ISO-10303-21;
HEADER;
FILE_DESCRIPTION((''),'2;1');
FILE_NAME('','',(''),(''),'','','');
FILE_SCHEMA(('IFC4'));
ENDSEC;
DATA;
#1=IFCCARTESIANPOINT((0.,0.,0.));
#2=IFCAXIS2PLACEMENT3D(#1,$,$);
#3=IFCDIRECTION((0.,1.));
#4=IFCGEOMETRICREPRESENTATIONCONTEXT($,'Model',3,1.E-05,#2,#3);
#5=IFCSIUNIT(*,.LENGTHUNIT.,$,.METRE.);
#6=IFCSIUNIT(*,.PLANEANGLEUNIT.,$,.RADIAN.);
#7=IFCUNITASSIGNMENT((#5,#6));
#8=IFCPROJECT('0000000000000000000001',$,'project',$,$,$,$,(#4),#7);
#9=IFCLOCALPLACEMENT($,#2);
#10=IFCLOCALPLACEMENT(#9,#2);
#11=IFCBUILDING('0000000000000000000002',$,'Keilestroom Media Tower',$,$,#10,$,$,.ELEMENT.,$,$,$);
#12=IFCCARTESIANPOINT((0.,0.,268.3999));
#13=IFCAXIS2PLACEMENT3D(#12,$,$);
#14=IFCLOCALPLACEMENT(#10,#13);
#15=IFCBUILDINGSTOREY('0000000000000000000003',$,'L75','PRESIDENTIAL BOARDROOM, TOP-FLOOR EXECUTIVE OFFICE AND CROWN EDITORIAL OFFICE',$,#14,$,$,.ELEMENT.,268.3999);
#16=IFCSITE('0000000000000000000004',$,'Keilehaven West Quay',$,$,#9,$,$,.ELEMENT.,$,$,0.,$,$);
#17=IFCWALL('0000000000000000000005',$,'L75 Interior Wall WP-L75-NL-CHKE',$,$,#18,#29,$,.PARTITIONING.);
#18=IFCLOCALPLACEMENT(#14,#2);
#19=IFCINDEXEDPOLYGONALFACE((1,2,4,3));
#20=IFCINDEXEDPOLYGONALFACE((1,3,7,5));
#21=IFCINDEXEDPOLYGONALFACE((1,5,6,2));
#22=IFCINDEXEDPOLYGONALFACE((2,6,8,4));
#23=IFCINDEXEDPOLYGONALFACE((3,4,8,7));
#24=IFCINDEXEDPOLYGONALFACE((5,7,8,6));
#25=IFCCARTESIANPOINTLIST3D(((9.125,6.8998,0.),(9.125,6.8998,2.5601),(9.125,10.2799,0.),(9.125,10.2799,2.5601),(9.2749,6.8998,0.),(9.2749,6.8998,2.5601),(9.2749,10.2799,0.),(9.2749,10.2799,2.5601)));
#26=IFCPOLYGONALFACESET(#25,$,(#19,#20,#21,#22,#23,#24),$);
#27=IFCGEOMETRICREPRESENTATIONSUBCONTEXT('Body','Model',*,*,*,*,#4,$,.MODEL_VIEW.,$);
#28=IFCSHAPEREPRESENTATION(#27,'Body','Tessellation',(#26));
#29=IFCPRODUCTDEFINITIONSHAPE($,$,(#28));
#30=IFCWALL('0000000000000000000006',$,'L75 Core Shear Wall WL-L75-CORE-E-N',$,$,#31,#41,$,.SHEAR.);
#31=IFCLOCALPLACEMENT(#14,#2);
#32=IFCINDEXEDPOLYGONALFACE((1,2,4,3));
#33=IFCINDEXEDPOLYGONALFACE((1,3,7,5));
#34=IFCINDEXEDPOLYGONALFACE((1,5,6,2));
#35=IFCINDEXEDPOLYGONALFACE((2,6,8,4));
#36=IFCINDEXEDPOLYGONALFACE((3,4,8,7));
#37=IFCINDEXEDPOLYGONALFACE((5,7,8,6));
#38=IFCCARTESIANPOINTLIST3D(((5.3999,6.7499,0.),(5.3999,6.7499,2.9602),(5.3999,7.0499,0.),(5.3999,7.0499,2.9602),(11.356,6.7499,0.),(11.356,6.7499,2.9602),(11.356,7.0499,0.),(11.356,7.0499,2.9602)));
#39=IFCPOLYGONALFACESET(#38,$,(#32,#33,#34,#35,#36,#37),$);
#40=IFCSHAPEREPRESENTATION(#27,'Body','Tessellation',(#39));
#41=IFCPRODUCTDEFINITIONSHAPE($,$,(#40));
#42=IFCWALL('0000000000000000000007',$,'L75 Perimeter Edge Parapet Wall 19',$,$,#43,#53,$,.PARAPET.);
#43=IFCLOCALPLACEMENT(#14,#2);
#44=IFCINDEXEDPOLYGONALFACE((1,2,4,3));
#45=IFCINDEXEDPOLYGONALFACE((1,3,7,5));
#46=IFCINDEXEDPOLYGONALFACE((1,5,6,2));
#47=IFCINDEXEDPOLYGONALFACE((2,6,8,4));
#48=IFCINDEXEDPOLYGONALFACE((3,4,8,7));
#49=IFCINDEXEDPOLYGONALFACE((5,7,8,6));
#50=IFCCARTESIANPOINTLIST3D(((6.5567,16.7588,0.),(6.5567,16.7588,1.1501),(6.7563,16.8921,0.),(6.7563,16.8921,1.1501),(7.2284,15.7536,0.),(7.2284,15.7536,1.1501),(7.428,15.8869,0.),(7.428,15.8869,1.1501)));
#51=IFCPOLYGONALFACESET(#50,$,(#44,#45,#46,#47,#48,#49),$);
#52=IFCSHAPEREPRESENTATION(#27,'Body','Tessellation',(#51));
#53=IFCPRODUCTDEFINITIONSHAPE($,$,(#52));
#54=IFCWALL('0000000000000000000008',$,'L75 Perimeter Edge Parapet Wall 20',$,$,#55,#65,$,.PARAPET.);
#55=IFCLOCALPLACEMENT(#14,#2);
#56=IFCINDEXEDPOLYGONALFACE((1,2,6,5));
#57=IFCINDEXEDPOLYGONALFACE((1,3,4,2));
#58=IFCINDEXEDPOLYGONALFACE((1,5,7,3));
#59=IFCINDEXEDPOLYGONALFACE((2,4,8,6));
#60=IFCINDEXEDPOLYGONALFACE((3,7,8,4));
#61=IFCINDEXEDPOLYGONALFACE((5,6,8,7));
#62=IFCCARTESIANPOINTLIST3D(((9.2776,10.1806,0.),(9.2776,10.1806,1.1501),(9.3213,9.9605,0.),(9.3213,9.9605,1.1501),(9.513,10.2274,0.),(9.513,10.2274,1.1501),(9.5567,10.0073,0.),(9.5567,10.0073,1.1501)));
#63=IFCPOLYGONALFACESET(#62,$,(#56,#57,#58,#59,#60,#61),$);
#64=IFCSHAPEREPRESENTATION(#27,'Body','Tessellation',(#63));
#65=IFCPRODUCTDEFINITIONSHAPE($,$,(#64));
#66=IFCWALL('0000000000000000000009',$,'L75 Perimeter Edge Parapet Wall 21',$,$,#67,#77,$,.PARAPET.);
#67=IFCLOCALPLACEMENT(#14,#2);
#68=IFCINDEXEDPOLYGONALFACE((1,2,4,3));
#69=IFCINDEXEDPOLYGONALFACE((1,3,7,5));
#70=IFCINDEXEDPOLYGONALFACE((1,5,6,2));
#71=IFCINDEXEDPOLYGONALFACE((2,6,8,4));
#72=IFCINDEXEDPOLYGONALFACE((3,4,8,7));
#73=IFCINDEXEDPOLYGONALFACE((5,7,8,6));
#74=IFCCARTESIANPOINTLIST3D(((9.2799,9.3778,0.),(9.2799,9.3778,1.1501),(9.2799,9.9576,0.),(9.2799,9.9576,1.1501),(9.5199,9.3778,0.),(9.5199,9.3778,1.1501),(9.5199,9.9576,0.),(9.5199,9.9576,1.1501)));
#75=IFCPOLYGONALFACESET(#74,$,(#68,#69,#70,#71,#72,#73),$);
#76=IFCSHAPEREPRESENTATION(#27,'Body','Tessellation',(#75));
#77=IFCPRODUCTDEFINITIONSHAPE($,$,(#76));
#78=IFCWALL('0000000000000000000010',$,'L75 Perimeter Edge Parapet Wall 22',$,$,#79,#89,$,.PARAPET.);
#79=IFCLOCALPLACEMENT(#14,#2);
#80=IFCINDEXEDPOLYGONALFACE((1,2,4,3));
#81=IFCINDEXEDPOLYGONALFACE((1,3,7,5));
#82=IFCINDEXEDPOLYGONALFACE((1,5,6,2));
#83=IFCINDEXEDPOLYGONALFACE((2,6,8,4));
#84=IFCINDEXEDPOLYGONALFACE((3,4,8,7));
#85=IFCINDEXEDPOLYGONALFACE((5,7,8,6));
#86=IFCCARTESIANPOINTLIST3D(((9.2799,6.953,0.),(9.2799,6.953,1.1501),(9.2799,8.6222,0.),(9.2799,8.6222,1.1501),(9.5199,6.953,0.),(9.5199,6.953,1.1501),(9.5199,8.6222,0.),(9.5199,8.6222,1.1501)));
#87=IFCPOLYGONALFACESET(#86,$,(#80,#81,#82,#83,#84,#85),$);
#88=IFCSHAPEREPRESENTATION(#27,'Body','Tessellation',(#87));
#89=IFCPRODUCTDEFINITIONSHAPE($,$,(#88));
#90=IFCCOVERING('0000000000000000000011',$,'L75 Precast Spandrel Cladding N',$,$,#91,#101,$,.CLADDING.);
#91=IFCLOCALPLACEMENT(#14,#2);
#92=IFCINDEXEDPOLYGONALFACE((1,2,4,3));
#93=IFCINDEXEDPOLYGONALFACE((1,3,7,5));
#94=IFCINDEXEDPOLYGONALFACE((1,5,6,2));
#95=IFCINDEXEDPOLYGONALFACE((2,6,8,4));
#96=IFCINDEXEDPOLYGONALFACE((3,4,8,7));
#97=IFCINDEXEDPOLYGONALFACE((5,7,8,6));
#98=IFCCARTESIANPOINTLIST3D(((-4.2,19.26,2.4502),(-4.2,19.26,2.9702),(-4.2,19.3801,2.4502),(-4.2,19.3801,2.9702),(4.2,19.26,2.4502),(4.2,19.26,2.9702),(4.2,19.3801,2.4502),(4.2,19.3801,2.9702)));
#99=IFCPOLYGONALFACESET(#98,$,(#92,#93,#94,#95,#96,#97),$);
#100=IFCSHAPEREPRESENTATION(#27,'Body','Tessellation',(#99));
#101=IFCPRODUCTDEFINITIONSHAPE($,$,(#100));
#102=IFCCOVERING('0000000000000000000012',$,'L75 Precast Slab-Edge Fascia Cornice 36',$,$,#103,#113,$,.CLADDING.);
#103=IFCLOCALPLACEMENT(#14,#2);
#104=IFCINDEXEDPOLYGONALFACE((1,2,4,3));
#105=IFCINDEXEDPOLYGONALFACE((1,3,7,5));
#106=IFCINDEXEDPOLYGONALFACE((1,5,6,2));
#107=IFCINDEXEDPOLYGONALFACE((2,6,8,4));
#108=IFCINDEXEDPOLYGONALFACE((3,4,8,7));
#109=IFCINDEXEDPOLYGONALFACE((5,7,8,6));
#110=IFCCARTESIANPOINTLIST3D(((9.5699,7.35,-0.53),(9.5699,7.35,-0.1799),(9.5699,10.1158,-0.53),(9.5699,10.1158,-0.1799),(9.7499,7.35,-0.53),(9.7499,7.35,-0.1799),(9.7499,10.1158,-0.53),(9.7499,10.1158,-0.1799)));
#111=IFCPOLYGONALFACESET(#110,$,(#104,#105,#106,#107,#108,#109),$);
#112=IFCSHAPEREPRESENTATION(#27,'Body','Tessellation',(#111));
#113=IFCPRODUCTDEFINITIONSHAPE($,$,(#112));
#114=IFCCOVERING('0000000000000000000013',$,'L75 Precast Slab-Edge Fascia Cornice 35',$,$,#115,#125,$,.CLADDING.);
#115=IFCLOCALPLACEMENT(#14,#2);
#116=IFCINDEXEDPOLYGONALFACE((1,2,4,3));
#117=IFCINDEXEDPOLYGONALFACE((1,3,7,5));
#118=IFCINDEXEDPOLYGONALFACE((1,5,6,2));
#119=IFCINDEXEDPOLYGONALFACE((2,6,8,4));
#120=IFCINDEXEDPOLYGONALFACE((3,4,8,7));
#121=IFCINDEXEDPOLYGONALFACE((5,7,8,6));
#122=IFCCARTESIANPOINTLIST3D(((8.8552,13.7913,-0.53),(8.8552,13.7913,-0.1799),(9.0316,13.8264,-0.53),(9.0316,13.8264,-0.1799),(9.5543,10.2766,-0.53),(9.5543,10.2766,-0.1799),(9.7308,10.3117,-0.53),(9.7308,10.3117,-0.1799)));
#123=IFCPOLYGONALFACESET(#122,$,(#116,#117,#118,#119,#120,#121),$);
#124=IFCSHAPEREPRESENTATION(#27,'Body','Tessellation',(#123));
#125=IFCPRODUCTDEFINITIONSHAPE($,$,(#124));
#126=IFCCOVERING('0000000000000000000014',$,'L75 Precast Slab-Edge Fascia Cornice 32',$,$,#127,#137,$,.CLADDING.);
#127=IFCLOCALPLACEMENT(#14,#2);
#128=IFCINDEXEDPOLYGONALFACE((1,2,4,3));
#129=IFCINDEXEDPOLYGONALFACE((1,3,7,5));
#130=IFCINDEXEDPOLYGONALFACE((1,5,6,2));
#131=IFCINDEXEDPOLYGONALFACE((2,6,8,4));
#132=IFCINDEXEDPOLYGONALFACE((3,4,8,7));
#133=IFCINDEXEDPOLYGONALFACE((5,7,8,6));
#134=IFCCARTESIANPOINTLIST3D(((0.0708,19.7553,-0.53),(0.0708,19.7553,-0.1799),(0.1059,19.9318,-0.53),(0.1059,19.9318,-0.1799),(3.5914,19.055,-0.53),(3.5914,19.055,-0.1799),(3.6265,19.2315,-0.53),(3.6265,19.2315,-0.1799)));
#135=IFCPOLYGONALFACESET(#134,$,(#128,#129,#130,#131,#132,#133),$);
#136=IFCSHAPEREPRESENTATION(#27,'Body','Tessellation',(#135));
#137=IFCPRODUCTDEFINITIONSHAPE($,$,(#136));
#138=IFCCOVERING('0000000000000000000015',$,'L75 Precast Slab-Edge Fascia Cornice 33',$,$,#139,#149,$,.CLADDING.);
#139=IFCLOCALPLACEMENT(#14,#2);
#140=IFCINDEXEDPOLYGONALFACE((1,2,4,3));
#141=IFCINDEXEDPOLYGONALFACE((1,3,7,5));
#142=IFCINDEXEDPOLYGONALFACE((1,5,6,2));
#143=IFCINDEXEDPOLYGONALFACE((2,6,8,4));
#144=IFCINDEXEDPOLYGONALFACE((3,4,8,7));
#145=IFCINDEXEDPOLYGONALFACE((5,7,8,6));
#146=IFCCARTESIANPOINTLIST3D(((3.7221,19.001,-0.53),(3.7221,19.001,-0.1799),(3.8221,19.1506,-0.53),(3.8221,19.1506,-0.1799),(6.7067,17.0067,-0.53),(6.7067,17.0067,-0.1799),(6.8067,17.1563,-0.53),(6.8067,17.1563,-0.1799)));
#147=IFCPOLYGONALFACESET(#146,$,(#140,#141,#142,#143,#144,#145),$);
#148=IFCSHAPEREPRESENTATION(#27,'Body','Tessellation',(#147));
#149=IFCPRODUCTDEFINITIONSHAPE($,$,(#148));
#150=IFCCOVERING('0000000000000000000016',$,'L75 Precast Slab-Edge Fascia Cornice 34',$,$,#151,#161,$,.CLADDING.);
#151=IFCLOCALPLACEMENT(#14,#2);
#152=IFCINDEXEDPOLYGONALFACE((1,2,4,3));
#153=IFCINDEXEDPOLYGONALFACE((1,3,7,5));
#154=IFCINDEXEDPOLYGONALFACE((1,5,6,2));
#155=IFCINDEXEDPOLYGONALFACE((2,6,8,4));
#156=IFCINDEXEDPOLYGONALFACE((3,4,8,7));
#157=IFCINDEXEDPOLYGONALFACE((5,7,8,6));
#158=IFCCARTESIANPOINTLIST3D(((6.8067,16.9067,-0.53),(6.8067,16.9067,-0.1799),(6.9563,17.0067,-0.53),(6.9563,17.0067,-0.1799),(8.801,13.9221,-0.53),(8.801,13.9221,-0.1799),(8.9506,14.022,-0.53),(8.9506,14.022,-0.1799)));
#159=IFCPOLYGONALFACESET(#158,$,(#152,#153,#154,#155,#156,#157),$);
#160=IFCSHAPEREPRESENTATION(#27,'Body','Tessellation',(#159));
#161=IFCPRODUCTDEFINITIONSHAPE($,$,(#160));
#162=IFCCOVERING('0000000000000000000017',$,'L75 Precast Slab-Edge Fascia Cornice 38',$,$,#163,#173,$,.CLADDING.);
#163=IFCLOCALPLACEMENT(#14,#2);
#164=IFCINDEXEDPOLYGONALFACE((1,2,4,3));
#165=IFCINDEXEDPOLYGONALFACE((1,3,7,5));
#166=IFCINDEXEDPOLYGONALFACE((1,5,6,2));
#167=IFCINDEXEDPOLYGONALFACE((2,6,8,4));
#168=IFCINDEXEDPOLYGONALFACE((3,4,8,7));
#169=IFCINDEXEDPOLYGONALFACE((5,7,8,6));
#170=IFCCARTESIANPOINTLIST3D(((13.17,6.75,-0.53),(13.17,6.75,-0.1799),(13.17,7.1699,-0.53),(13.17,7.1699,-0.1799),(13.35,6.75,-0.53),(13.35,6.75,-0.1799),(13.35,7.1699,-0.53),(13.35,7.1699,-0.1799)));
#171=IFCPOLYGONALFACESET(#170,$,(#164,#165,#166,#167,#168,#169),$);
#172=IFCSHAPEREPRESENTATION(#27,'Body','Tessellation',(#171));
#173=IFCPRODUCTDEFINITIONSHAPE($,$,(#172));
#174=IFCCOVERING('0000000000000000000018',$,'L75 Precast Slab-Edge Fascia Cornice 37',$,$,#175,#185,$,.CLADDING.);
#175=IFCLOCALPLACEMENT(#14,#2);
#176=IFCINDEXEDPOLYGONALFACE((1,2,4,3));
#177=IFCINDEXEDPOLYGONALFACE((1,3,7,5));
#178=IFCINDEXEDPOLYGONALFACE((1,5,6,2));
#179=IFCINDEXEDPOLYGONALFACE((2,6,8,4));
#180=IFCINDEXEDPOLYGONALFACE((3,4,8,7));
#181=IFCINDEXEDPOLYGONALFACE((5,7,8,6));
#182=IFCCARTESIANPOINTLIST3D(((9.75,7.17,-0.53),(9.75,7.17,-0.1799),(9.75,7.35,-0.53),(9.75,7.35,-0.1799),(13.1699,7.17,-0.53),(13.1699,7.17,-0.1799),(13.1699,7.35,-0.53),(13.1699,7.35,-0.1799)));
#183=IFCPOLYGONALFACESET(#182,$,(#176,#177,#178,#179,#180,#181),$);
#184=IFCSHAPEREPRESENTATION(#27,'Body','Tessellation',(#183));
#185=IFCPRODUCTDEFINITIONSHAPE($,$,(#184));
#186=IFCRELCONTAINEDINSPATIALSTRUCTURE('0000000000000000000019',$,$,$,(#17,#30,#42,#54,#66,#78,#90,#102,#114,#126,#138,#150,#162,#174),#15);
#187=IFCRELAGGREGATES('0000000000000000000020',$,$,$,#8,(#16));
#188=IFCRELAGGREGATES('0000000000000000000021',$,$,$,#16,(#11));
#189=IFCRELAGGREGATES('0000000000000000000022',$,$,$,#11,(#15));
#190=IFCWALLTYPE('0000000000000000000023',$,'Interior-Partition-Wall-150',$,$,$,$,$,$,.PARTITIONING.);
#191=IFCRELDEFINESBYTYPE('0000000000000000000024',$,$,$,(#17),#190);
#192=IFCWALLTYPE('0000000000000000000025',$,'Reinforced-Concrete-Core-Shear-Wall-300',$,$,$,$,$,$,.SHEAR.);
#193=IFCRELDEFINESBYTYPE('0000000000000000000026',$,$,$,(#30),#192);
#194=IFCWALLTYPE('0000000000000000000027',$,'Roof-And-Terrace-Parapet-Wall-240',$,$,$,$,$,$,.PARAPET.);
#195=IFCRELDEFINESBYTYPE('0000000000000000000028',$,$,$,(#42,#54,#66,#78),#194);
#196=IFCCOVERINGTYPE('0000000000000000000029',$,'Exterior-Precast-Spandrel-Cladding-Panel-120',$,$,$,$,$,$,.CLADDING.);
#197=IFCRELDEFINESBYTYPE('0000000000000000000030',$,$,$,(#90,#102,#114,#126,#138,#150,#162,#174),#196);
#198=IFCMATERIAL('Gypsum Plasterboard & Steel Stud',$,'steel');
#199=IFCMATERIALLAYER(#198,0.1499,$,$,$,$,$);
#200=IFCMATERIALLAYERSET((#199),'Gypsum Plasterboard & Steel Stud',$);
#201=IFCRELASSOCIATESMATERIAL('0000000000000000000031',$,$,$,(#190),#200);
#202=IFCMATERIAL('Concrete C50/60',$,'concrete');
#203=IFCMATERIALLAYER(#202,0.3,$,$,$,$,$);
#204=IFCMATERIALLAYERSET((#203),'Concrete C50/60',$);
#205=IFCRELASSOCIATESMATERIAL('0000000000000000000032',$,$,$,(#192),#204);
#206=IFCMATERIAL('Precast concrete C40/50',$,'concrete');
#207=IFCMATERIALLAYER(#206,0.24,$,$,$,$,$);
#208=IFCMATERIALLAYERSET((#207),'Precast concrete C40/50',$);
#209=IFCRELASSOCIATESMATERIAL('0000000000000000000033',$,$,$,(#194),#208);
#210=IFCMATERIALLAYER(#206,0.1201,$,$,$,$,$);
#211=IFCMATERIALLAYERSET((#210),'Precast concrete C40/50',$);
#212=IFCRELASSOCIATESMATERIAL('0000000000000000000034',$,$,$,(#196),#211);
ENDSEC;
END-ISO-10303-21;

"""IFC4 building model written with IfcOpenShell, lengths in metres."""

from ifc_helpers import new_model, si_unit, direction, frame, frame_2d, origin, origin_2d, place, context, subcontext, project, spatial, rectangle, extrude, source, transform, mapped, material, layer, layer_set, type_object, element, save


model = new_model("IFC4")

# Units and contexts
model_context = context("Model", 3, precision=1e-05, world=origin(), true_north=direction((0.0, 1.0)))
body_context = subcontext(model_context, "Body", "Model", "MODEL_VIEW")
ifc_project = project(units=[si_unit("LENGTHUNIT", "METRE"), si_unit("PLANEANGLEUNIT", "RADIAN")], contexts=[model_context])

# Site, building, storey
site_placement = place(None, origin())
site = spatial("IfcSite", under=ifc_project, at=site_placement, Name="Keilehaven West Quay", CompositionType="ELEMENT", RefElevation=0.0)
building_placement = place(site_placement, origin())
building = spatial("IfcBuilding", under=site, at=building_placement, Name="Keilestroom Media Tower", CompositionType="ELEMENT")
storey_placement = place(building_placement, frame((0.0, 0.0, 268.3999)))
storey = spatial("IfcBuildingStorey", under=building, at=storey_placement, Name="L75", Description="PRESIDENTIAL BOARDROOM, TOP-FLOOR EXECUTIVE OFFICE AND CROWN EDITORIAL OFFICE", CompositionType="ELEMENT", Elevation=268.3999)

# Shared definitions
ifc_material_1 = material(Name="Concrete C50/60", Category="concrete")

# Walls
ifc_material_2 = material(Name="Precast concrete C40/50", Category="concrete")
ifc_material_3 = material(Name="Gypsum Plasterboard & Steel Stud", Category="steel")
ifc_layer_1 = layer(ifc_material_3, 0.1499)
ifc_layer_set_1 = layer_set([ifc_layer_1], Name="Gypsum Plasterboard & Steel Stud")
wall_type_1 = type_object("IfcWallType", Name="Interior-Partition-Wall-150", PredefinedType="PARTITIONING", material=ifc_layer_set_1)
wall_1_placement = place(storey_placement, frame((9.2, 6.8999, 0.0), z_axis=(0.0, 0.0, 1.0), x_axis=(0.0, 1.0, 0.0)))
element("IfcWall", 1, at=wall_1_placement, inside=storey, type_object=wall_type_1, Name="L75 Interior Wall WP-L75-NL-CHKE", PredefinedType="PARTITIONING", context=body_context, shape_type="SweptSolid", body=[
    extrude(rectangle(XDim=3.3801, YDim=0.1499, at=frame_2d((1.6899, 0.0))), origin(), (0.0, 0.0, 1.0), 2.5601),
])
ifc_layer_2 = layer(ifc_material_1, 0.3)
ifc_layer_set_2 = layer_set([ifc_layer_2], Name="Concrete C50/60")
wall_type_2 = type_object("IfcWallType", Name="Reinforced-Concrete-Core-Shear-Wall-300", PredefinedType="SHEAR", material=ifc_layer_set_2)
wall_2_placement = place(storey_placement, frame((5.3999, 6.8999, 0.0), z_axis=(0.0, 0.0, 1.0), x_axis=(1.0, 0.0, 0.0)))
element("IfcWall", 2, at=wall_2_placement, inside=storey, type_object=wall_type_2, Name="L75 Core Shear Wall WL-L75-CORE-E-N", PredefinedType="SHEAR", context=body_context, shape_type="SweptSolid", body=[
    extrude(rectangle(XDim=5.9561, YDim=0.3, at=frame_2d((2.978, 0.0))), origin(), (0.0, 0.0, 1.0), 2.9602),
])
ifc_layer_3 = layer(ifc_material_2, 0.24)
ifc_layer_set_3 = layer_set([ifc_layer_3], Name="Precast concrete C40/50")
wall_type_3 = type_object("IfcWallType", Name="Roof-And-Terrace-Parapet-Wall-240", PredefinedType="PARAPET", material=ifc_layer_set_3)
wall_3_placement = place(storey_placement, frame((6.6565, 16.8254, 0.0), z_axis=(0.0, 0.0, 1.0), x_axis=(0.555585, -0.831459, 0.0)))
element("IfcWall", 3, at=wall_3_placement, inside=storey, type_object=wall_type_3, Name="L75 Perimeter Edge Parapet Wall 19", PredefinedType="PARAPET", context=body_context, shape_type="SweptSolid", body=[
    extrude(rectangle(XDim=1.209, YDim=0.24, at=frame_2d((0.6045, 0.0))), origin(), (0.0, 0.0, 1.0), 1.1501),
])
wall_4_placement = place(storey_placement, frame((9.3953, 10.2041, 0.0), z_axis=(0.0, 0.0, 1.0), x_axis=(0.19486, -0.980831, 0.0)))
element("IfcWall", 4, at=wall_4_placement, inside=storey, type_object=wall_type_3, Name="L75 Perimeter Edge Parapet Wall 20", PredefinedType="PARAPET", context=body_context, shape_type="SweptSolid", body=[
    extrude(rectangle(XDim=0.2244, YDim=0.24, at=frame_2d((0.1123, 0.0))), origin(), (0.0, 0.0, 1.0), 1.1501),
])
wall_5_placement = place(storey_placement, frame((9.3999, 9.9578, 0.0), z_axis=(0.0, 0.0, 1.0), x_axis=(0.0, -1.0, 0.0)))
element("IfcWall", 5, at=wall_5_placement, inside=storey, type_object=wall_type_3, Name="L75 Perimeter Edge Parapet Wall 21", PredefinedType="PARAPET", context=body_context, shape_type="SweptSolid", body=[
    extrude(rectangle(XDim=0.5798, YDim=0.24, at=frame_2d((0.29, 0.0))), origin(), (0.0, 0.0, 1.0), 1.1501),
])
wall_6_placement = place(storey_placement, frame((9.3999, 8.6221, 0.0), z_axis=(0.0, 0.0, 1.0), x_axis=(0.0, -1.0, 0.0)))
element("IfcWall", 6, at=wall_6_placement, inside=storey, type_object=wall_type_3, Name="L75 Perimeter Edge Parapet Wall 22", PredefinedType="PARAPET", context=body_context, shape_type="SweptSolid", body=[
    extrude(rectangle(XDim=1.6692, YDim=0.24, at=frame_2d((0.8345, 0.0))), origin(), (0.0, 0.0, 1.0), 1.1501),
])

# Coverings
ifc_layer_4 = layer(ifc_material_2, 0.1201)
ifc_layer_set_4 = layer_set([ifc_layer_4], Name="Precast concrete C40/50")
covering_type = type_object("IfcCoveringType", Name="Exterior-Precast-Spandrel-Cladding-Panel-120", PredefinedType="CLADDING", material=ifc_layer_set_4)
shared_shape_1 = source(origin(), body_context, "Body", "SweptSolid", [
    extrude(rectangle(XDim=8.3999, YDim=0.1201, at=origin_2d()), origin(), (0.0, 0.0, 1.0), 0.52),
])
covering_1_placement = place(storey_placement, frame((0.0, 19.3201, 2.4502), z_axis=(0.0, 0.0, 1.0), x_axis=(1.0, 0.0, 0.0)))
element("IfcCovering", 7, at=covering_1_placement, inside=storey, type_object=covering_type, Name="L75 Precast Spandrel Cladding N", PredefinedType="CLADDING", context=body_context, shape_type="MappedRepresentation", body=[
    mapped(shared_shape_1, transform((0.0, 0.0, 0.0), x_axis=(1.0, 0.0, 0.0), y_axis=(0.0, 1.0, 0.0), z_axis=(0.0, 0.0, 1.0), scale=1.0)),
])
shared_shape_2 = source(origin(), body_context, "Body", "SweptSolid", [
    extrude(rectangle(XDim=2.7659, YDim=0.1799, at=origin_2d()), origin(), (0.0, 0.0, 1.0), 0.3501),
])
covering_2_placement = place(storey_placement, frame((9.6599, 8.7329, -0.53), z_axis=(0.0, 0.0, 1.0), x_axis=(0.0, -1.0, 0.0)))
element("IfcCovering", 8, at=covering_2_placement, inside=storey, type_object=covering_type, Name="L75 Precast Slab-Edge Fascia Cornice 36", PredefinedType="CLADDING", context=body_context, shape_type="MappedRepresentation", body=[
    mapped(shared_shape_2, transform((0.0, 0.0, 0.0), x_axis=(1.0, 0.0, 0.0), y_axis=(0.0, 1.0, 0.0), z_axis=(0.0, 0.0, 1.0), scale=1.0)),
])
shared_shape_3 = source(origin(), body_context, "Body", "SweptSolid", [
    extrude(rectangle(XDim=3.5835, YDim=0.1799, at=origin_2d()), origin(), (0.0, 0.0, 1.0), 0.3501),
])
covering_3_placement = place(storey_placement, frame((9.293, 12.0515, -0.53), z_axis=(0.0, 0.0, 1.0), x_axis=(0.195099, -0.980784, 0.0)))
element("IfcCovering", 9, at=covering_3_placement, inside=storey, type_object=covering_type, Name="L75 Precast Slab-Edge Fascia Cornice 35", PredefinedType="CLADDING", context=body_context, shape_type="MappedRepresentation", body=[
    mapped(shared_shape_3, transform((0.0, 0.0, 0.0), x_axis=(1.0, 0.0, 0.0), y_axis=(0.0, 1.0, 0.0), z_axis=(0.0, 0.0, 1.0), scale=1.0)),
])
shared_shape_4 = source(origin(), body_context, "Body", "SweptSolid", [
    extrude(rectangle(XDim=3.5896, YDim=0.1799, at=origin_2d()), origin(), (0.0, 0.0, 1.0), 0.3501),
])
for number, where, z_axis, x_axis, name in (
    (10, (1.8486, 19.4934, -0.53), (0.0, 0.0, 1.0), (0.980784, -0.195099, 0.0), "L75 Precast Slab-Edge Fascia Cornice 32"),
    (11, (5.2644, 18.0786, -0.53), (0.0, 0.0, 1.0), (0.831467, -0.555575, 0.0), "L75 Precast Slab-Edge Fascia Cornice 33"),
    (12, (7.8787, 15.4644, -0.53), (0.0, 0.0, 1.0), (0.555575, -0.831467, 0.0), "L75 Precast Slab-Edge Fascia Cornice 34"),
):
    element("IfcCovering", number, at=place(storey_placement, frame(where, z_axis=z_axis, x_axis=x_axis)), inside=storey, type_object=covering_type, Name=name, PredefinedType="CLADDING", context=body_context, shape_type="MappedRepresentation", body=[
        mapped(shared_shape_4, transform((0.0, 0.0, 0.0), x_axis=(1.0, 0.0, 0.0), y_axis=(0.0, 1.0, 0.0), z_axis=(0.0, 0.0, 1.0), scale=1.0)),
    ])
shared_shape_5 = source(origin(), body_context, "Body", "SweptSolid", [
    extrude(rectangle(XDim=0.4199, YDim=0.1799, at=origin_2d()), origin(), (0.0, 0.0, 1.0), 0.3501),
])
covering_4_placement = place(storey_placement, frame((13.26, 6.96, -0.53), z_axis=(0.0, 0.0, 1.0), x_axis=(0.0, -1.0, 0.0)))
element("IfcCovering", 13, at=covering_4_placement, inside=storey, type_object=covering_type, Name="L75 Precast Slab-Edge Fascia Cornice 38", PredefinedType="CLADDING", context=body_context, shape_type="MappedRepresentation", body=[
    mapped(shared_shape_5, transform((0.0, 0.0, 0.0), x_axis=(1.0, 0.0, 0.0), y_axis=(0.0, 1.0, 0.0), z_axis=(0.0, 0.0, 1.0), scale=1.0)),
])
shared_shape_6 = source(origin(), body_context, "Body", "SweptSolid", [
    extrude(rectangle(XDim=3.4199, YDim=0.1799, at=origin_2d()), origin(), (0.0, 0.0, 1.0), 0.3501),
])
covering_5_placement = place(storey_placement, frame((11.46, 7.26, -0.53), z_axis=(0.0, 0.0, 1.0), x_axis=(1.0, 0.0, 0.0)))
element("IfcCovering", 14, at=covering_5_placement, inside=storey, type_object=covering_type, Name="L75 Precast Slab-Edge Fascia Cornice 37", PredefinedType="CLADDING", context=body_context, shape_type="MappedRepresentation", body=[
    mapped(shared_shape_6, transform((0.0, 0.0, 0.0), x_axis=(1.0, 0.0, 0.0), y_axis=(0.0, 1.0, 0.0), z_axis=(0.0, 0.0, 1.0), scale=1.0)),
])

save(model, "model.ifc")
